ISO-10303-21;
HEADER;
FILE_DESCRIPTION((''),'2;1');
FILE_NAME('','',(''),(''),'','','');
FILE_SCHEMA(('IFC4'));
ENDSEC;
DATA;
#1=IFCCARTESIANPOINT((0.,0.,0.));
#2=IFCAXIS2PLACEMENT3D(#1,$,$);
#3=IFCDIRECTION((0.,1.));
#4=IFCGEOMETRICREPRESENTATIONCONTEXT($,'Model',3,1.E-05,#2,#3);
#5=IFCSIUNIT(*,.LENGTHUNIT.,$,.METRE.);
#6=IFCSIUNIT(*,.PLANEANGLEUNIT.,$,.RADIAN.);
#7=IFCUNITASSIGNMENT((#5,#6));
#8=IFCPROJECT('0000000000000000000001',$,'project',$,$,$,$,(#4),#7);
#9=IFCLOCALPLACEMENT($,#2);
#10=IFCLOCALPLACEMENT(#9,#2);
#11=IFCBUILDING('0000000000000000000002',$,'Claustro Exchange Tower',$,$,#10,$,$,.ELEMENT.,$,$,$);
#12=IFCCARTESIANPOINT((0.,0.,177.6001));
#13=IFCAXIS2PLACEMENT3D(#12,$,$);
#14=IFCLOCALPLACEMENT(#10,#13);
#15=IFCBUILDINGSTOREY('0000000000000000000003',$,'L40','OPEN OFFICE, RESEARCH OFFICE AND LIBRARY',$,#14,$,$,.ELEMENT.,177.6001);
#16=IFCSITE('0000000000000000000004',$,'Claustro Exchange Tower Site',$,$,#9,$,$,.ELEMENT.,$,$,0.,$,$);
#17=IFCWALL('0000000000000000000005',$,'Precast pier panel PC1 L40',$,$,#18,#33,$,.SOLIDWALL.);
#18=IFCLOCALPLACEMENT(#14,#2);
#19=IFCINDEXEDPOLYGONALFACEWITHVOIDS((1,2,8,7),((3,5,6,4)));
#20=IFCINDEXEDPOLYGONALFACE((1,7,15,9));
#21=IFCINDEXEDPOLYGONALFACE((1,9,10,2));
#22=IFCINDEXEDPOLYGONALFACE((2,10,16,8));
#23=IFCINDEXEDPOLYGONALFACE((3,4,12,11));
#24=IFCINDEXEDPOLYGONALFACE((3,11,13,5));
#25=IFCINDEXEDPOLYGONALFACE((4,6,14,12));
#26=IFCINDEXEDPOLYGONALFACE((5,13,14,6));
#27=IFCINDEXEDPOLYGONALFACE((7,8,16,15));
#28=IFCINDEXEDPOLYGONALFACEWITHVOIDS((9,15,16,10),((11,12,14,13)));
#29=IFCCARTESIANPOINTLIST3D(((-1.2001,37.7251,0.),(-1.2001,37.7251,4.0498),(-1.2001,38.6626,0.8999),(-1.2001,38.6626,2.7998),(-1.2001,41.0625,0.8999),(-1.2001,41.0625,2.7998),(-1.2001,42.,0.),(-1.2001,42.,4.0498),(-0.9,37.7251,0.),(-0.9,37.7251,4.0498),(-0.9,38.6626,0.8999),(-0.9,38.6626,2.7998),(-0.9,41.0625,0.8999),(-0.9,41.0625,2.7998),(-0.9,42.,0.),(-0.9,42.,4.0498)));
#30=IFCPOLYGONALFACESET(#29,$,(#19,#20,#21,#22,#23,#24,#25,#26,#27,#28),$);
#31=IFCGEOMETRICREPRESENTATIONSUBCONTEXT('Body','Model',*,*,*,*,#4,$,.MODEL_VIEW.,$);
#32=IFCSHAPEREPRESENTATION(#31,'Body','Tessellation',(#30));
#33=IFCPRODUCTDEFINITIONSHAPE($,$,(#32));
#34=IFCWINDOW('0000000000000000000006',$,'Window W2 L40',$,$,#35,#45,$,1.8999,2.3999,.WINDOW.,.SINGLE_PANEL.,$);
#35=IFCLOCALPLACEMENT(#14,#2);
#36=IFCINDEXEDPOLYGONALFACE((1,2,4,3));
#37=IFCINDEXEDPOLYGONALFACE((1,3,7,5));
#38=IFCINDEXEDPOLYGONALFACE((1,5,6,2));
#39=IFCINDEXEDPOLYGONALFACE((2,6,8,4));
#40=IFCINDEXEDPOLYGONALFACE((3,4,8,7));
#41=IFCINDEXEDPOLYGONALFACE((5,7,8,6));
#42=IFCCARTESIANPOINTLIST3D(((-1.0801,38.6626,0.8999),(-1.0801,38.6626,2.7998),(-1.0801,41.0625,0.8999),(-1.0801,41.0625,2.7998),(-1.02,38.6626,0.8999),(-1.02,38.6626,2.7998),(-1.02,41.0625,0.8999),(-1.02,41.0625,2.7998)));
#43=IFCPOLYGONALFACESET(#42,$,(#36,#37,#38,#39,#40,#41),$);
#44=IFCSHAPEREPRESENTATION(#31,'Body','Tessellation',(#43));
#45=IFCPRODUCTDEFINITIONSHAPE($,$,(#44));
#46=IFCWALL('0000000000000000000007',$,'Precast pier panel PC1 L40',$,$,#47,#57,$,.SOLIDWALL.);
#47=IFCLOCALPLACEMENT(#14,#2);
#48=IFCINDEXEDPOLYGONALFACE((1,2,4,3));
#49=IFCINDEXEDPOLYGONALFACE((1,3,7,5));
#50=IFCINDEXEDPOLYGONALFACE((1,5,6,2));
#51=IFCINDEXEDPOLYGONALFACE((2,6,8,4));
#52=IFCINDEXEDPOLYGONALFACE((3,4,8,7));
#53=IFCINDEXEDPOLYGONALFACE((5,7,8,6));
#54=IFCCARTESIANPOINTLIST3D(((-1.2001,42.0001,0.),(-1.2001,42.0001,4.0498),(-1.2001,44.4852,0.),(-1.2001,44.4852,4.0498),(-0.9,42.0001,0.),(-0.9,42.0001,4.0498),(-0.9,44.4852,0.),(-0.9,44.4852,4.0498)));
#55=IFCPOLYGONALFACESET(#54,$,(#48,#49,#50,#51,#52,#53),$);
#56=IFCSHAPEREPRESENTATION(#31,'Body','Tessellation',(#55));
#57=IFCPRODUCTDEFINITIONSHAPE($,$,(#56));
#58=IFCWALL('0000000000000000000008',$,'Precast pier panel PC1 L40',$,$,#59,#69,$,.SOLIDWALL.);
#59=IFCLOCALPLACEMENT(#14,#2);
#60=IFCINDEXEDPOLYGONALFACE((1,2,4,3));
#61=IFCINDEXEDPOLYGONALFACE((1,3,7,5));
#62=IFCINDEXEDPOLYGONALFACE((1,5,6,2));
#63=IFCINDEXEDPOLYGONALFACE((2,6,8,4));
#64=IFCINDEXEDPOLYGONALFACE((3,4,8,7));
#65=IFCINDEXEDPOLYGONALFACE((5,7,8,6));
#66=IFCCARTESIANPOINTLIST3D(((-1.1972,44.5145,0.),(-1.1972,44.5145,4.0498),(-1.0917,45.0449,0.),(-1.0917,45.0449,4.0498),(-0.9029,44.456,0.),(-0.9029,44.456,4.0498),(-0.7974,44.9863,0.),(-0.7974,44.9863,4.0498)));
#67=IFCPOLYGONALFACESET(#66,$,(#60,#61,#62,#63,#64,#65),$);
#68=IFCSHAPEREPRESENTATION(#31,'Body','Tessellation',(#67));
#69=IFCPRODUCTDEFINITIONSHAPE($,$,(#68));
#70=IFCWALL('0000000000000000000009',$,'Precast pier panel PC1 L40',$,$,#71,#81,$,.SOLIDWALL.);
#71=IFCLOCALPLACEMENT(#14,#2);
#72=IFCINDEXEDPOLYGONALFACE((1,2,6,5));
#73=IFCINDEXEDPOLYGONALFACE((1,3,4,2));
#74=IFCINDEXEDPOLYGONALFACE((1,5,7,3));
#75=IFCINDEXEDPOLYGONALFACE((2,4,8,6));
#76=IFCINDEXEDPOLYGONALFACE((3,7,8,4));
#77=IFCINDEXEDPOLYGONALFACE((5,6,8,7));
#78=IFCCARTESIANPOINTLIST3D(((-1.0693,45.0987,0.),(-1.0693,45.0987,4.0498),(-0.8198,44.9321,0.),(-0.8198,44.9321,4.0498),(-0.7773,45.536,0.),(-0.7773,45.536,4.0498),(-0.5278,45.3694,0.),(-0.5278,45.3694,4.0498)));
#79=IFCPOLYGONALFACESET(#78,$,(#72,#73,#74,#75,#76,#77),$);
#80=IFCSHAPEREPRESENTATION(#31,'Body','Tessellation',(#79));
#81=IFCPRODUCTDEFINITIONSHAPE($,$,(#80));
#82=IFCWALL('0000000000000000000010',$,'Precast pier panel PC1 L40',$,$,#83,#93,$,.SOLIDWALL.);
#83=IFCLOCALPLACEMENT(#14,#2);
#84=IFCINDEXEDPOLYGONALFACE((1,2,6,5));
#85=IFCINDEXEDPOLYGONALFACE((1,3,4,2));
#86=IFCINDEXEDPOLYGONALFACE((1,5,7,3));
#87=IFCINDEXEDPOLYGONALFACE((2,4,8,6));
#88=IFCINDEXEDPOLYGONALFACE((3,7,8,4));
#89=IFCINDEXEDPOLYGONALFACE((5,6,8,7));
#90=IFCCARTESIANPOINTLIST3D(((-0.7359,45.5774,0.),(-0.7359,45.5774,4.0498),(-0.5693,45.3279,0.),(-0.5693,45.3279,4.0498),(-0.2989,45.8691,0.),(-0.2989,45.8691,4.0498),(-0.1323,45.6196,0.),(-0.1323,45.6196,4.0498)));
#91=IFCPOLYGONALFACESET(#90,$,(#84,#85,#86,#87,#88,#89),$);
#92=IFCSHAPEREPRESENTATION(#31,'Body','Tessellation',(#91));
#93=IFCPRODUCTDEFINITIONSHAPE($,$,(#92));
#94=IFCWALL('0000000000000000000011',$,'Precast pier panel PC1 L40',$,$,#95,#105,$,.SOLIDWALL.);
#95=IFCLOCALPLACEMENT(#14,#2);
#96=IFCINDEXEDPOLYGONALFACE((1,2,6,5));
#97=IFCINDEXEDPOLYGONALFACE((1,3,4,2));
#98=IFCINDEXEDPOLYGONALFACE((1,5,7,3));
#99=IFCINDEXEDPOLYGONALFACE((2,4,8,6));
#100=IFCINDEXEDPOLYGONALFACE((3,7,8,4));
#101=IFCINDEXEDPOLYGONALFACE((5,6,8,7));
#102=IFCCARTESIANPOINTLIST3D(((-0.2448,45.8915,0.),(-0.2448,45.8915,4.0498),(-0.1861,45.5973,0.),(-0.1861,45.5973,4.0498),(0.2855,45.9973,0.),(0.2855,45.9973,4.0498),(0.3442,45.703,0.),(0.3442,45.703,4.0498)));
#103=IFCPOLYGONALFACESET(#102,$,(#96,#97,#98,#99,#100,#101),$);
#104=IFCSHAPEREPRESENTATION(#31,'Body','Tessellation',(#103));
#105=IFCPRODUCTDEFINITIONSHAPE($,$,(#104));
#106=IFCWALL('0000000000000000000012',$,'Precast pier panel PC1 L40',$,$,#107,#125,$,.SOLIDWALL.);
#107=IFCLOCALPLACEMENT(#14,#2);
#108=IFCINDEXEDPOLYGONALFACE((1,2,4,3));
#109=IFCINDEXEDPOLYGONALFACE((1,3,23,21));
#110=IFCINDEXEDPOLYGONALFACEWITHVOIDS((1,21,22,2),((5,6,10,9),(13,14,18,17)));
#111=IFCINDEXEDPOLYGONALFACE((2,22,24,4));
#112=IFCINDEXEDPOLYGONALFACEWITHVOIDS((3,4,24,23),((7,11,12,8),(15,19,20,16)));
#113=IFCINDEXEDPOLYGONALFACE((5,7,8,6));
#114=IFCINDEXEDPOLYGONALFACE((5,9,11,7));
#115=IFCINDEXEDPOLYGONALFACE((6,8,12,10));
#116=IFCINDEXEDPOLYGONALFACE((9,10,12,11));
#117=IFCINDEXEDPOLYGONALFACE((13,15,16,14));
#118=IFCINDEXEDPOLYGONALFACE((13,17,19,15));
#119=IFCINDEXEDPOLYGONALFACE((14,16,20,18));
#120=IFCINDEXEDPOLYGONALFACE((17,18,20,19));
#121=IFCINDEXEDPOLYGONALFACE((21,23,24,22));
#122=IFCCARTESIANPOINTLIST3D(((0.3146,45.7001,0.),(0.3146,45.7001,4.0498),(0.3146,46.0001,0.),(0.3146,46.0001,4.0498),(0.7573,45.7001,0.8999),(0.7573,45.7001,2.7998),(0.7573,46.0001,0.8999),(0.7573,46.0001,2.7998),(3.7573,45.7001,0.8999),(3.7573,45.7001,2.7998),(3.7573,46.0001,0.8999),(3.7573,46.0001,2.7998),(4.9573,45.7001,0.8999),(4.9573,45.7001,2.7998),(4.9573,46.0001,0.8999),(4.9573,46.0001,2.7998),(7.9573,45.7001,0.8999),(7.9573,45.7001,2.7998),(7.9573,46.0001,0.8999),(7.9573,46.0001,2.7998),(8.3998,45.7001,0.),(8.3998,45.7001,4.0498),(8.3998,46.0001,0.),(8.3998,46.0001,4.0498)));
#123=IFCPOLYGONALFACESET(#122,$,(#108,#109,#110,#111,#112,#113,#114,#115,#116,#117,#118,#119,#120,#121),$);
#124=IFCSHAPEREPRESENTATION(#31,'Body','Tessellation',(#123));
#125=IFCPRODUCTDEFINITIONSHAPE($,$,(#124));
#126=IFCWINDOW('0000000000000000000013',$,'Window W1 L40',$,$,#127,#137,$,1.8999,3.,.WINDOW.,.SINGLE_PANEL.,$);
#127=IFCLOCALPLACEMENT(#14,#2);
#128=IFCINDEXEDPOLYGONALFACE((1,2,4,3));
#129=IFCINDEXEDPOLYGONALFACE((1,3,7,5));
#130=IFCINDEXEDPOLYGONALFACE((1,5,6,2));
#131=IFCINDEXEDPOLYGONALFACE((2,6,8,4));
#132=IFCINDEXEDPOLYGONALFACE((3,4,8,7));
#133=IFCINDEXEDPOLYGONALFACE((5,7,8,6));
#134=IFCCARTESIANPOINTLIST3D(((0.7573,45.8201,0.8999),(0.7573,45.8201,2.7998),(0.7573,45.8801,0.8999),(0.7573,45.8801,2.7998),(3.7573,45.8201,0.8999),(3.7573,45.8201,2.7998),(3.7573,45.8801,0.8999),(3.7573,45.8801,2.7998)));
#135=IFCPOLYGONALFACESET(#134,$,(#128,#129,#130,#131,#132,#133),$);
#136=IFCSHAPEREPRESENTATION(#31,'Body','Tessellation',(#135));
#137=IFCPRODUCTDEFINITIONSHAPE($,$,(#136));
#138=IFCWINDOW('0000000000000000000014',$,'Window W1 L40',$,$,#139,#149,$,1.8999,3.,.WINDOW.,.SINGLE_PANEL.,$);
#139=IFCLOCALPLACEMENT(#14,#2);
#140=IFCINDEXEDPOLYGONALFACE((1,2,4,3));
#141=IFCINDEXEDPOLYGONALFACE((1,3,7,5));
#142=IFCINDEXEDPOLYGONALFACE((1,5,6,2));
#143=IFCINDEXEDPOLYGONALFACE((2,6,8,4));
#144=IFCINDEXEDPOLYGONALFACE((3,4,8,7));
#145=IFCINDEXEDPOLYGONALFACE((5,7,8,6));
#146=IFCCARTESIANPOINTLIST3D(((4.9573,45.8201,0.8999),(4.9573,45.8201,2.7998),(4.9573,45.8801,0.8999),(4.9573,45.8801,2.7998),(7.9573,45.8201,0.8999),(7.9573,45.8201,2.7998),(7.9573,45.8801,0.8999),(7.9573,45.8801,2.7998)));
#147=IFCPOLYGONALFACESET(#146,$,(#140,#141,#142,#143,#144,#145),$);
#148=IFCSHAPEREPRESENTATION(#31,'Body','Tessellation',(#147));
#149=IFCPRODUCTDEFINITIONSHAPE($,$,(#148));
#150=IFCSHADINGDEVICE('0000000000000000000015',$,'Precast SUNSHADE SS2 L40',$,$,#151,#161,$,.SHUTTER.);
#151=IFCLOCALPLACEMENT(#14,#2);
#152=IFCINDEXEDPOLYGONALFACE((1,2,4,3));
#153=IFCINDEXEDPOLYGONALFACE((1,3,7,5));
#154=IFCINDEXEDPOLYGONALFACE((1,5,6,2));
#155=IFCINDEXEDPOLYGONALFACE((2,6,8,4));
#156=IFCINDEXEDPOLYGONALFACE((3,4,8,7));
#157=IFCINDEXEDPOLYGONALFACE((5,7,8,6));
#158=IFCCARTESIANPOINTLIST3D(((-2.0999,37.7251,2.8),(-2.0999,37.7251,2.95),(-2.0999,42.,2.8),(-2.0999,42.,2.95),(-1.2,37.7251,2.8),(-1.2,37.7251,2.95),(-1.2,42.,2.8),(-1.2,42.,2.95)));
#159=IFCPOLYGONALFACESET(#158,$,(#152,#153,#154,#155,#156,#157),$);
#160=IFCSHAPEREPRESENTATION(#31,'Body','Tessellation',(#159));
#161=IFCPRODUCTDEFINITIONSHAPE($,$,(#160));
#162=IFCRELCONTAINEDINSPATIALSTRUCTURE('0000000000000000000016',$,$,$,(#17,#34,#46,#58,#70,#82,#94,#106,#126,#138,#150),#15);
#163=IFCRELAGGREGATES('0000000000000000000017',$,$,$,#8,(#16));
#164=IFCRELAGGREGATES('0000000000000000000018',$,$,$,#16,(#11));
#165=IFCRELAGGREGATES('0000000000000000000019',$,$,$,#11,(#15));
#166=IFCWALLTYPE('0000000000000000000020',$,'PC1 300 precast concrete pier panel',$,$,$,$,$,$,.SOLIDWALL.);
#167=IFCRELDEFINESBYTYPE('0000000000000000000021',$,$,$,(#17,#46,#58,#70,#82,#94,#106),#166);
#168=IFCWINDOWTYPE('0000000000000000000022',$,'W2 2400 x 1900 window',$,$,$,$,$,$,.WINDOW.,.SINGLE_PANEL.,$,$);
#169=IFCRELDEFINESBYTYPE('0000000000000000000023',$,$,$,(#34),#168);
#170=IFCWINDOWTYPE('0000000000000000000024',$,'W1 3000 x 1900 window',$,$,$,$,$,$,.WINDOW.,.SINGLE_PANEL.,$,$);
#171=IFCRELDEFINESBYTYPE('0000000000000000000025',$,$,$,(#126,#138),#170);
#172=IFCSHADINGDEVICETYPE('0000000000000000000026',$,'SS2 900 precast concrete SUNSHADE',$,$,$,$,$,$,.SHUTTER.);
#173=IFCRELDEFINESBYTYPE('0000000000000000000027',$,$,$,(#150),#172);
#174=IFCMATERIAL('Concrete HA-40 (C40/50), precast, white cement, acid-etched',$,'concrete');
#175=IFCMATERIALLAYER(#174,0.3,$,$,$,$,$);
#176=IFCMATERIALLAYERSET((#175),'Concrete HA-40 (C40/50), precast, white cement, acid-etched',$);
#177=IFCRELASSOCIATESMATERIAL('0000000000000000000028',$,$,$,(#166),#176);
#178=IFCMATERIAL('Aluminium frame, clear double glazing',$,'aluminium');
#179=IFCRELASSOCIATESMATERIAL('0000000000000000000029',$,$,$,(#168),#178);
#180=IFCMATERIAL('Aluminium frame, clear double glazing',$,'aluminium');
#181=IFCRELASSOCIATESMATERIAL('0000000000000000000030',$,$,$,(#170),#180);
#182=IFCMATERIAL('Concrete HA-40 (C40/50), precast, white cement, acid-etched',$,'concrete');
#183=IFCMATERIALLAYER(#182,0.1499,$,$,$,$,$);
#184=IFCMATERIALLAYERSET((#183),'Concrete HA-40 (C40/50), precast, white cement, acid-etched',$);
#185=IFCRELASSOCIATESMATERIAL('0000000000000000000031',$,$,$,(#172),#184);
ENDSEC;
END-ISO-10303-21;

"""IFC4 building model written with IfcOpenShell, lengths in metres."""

from ifc_helpers import new_model, si_unit, direction, frame, frame_2d, origin, origin_2d, place, context, subcontext, project, spatial, rectangle, extrude, material, layer, layer_set, type_object, element, fill, save


model = new_model("IFC4")

# Units and contexts
model_context = context("Model", 3, precision=1e-05, world=origin(), true_north=direction((0.0, 1.0)))
body_context = subcontext(model_context, "Body", "Model", "MODEL_VIEW")
ifc_project = project(units=[si_unit("LENGTHUNIT", "METRE"), si_unit("PLANEANGLEUNIT", "RADIAN")], contexts=[model_context])

# Site, building, storey
site_placement = place(None, origin())
site = spatial("IfcSite", under=ifc_project, at=site_placement, Name="Claustro Exchange Tower Site", CompositionType="ELEMENT", RefElevation=0.0)
building_placement = place(site_placement, origin())
building = spatial("IfcBuilding", under=site, at=building_placement, Name="Claustro Exchange Tower", CompositionType="ELEMENT")
storey_placement = place(building_placement, frame((0.0, 0.0, 177.6001)))
storey = spatial("IfcBuildingStorey", under=building, at=storey_placement, Name="L40", Description="OPEN OFFICE, RESEARCH OFFICE AND LIBRARY", CompositionType="ELEMENT", Elevation=177.6001)

# Wall, opening, window
ifc_material_1 = material(Name="Concrete HA-40 (C40/50), precast, white cement, acid-etched", Category="concrete")
ifc_layer_1 = layer(ifc_material_1, 0.3)
ifc_layer_set_1 = layer_set([ifc_layer_1], Name="Concrete HA-40 (C40/50), precast, white cement, acid-etched")
wall_type_1 = type_object("IfcWallType", Name="PC1 300 precast concrete pier panel", PredefinedType="SOLIDWALL", material=ifc_layer_set_1)
wall_1_placement = place(storey_placement, frame((-1.05, 37.7251, 0.0), z_axis=(0.0, 0.0, 1.0), x_axis=(0.0, 1.0, 0.0)))
wall_1 = element("IfcWall", 1, at=wall_1_placement, inside=storey, type_object=wall_type_1, Name="Precast pier panel PC1 L40", PredefinedType="SOLIDWALL", context=body_context, shape_type="SweptSolid", body=[
    extrude(rectangle(XDim=4.2749, YDim=0.3, at=frame_2d((2.1375, 0.0))), origin(), (0.0, 0.0, 1.0), 4.0498),
])
opening_1_placement = place(wall_1_placement, frame((0.9375, 0.0, 0.8999)))
opening_1 = element("IfcOpeningElement", 2, at=opening_1_placement, cuts=wall_1, PredefinedType="OPENING", context=body_context, shape_type="SweptSolid", body=[
    extrude(rectangle(XDim=2.3999, YDim=1.8999, at=frame_2d((1.2, 0.95))), frame((0.0, 0.1599, 0.0), z_axis=(0.0, -1.0, 0.0), x_axis=(1.0, 0.0, 0.0)), (0.0, 0.0, 1.0), 0.3201),
])
ifc_material_2 = material(Name="Aluminium frame, clear double glazing", Category="aluminium")
window_type_1 = type_object("IfcWindowType", Name="W2 2400 x 1900 window", PartitioningType="SINGLE_PANEL", PredefinedType="WINDOW", material=ifc_material_2)
window_1_placement = place(opening_1_placement, origin())
window_1 = element("IfcWindow", 3, at=window_1_placement, inside=storey, type_object=window_type_1, Name="Window W2 L40", OverallHeight=1.8999, OverallWidth=2.3999, PartitioningType="SINGLE_PANEL", PredefinedType="WINDOW", context=body_context, shape_type="SweptSolid", body=[
    extrude(rectangle(XDim=2.3999, YDim=1.8999, at=frame_2d((1.2, 0.95))), frame((0.0, 0.03, 0.0), z_axis=(0.0, -1.0, 0.0), x_axis=(1.0, 0.0, 0.0)), (0.0, 0.0, 1.0), 0.0601),
])
fill(opening_1, window_1)

# Walls
wall_2_placement = place(storey_placement, frame((-1.05, 42.0, 0.0), z_axis=(0.0, 0.0, 1.0), x_axis=(0.0, 1.0, 0.0)))
element("IfcWall", 4, at=wall_2_placement, inside=storey, type_object=wall_type_1, Name="Precast pier panel PC1 L40", PredefinedType="SOLIDWALL", context=body_context, shape_type="SweptSolid", body=[
    extrude(rectangle(XDim=2.4851, YDim=0.3, at=frame_2d((1.2427, 0.0))), origin(), (0.0, 0.0, 1.0), 4.0498),
])
wall_3_placement = place(storey_placement, frame((-1.05, 44.4851, 0.0), z_axis=(0.0, 0.0, 1.0), x_axis=(0.195074, 0.980789, 0.0)))
element("IfcWall", 5, at=wall_3_placement, inside=storey, type_object=wall_type_1, Name="Precast pier panel PC1 L40", PredefinedType="SOLIDWALL", context=body_context, shape_type="SweptSolid", body=[
    extrude(rectangle(XDim=0.5408, YDim=0.3, at=frame_2d((0.2705, 0.0))), origin(), (0.0, 0.0, 1.0), 4.0498),
])
wall_4_placement = place(storey_placement, frame((-0.9446, 45.0154, 0.0), z_axis=(0.0, 0.0, 1.0), x_axis=(0.555343, 0.831621, 0.0)))
element("IfcWall", 6, at=wall_4_placement, inside=storey, type_object=wall_type_1, Name="Precast pier panel PC1 L40", PredefinedType="SOLIDWALL", context=body_context, shape_type="SweptSolid", body=[
    extrude(rectangle(XDim=0.5259, YDim=0.3, at=frame_2d((0.2629, 0.0))), origin(), (0.0, 0.0, 1.0), 4.0498),
])
wall_5_placement = place(storey_placement, frame((-0.6526, 45.4526, 0.0), z_axis=(0.0, 0.0, 1.0), x_axis=(0.831693, 0.555236, 0.0)))
element("IfcWall", 7, at=wall_5_placement, inside=storey, type_object=wall_type_1, Name="Precast pier panel PC1 L40", PredefinedType="SOLIDWALL", context=body_context, shape_type="SweptSolid", body=[
    extrude(rectangle(XDim=0.5254, YDim=0.3, at=frame_2d((0.2627, 0.0))), origin(), (0.0, 0.0, 1.0), 4.0498),
])
wall_6_placement = place(storey_placement, frame((-0.2156, 45.7444, 0.0), z_axis=(0.0, 0.0, 1.0), x_axis=(0.980702, 0.195508, 0.0)))
element("IfcWall", 8, at=wall_6_placement, inside=storey, type_object=wall_type_1, Name="Precast pier panel PC1 L40", PredefinedType="SOLIDWALL", context=body_context, shape_type="SweptSolid", body=[
    extrude(rectangle(XDim=0.5408, YDim=0.3, at=frame_2d((0.2705, 0.0))), origin(), (0.0, 0.0, 1.0), 4.0498),
])

# Wall, openings, windows
wall_7_placement = place(storey_placement, frame((0.3147, 45.8501, 0.0), z_axis=(0.0, 0.0, 1.0), x_axis=(1.0, 0.0, 0.0)))
wall_7 = element("IfcWall", 9, at=wall_7_placement, inside=storey, type_object=wall_type_1, Name="Precast pier panel PC1 L40", PredefinedType="SOLIDWALL", context=body_context, shape_type="SweptSolid", body=[
    extrude(rectangle(XDim=8.0852, YDim=0.3, at=frame_2d((4.0425, 0.0))), origin(), (0.0, 0.0, 1.0), 4.0498),
])
opening_2_placement = place(wall_7_placement, frame((0.4426, 0.0, 0.8999)))
opening_2 = element("IfcOpeningElement", 10, at=opening_2_placement, cuts=wall_7, PredefinedType="OPENING", context=body_context, shape_type="SweptSolid", body=[
    extrude(rectangle(XDim=3.0, YDim=1.8999, at=frame_2d((1.5, 0.95))), frame((0.0, 0.1599, 0.0), z_axis=(0.0, -1.0, 0.0), x_axis=(1.0, 0.0, 0.0)), (0.0, 0.0, 1.0), 0.3201),
])
opening_3_placement = place(wall_7_placement, frame((4.6426, 0.0, 0.8999)))
opening_3 = element("IfcOpeningElement", 11, at=opening_3_placement, cuts=wall_7, PredefinedType="OPENING", context=body_context, shape_type="SweptSolid", body=[
    extrude(rectangle(XDim=3.0, YDim=1.8999, at=frame_2d((1.5, 0.95))), frame((0.0, 0.1599, 0.0), z_axis=(0.0, -1.0, 0.0), x_axis=(1.0, 0.0, 0.0)), (0.0, 0.0, 1.0), 0.3201),
])
ifc_material_3 = material(Name="Aluminium frame, clear double glazing", Category="aluminium")
window_type_2 = type_object("IfcWindowType", Name="W1 3000 x 1900 window", PartitioningType="SINGLE_PANEL", PredefinedType="WINDOW", material=ifc_material_3)
window_2_placement = place(opening_2_placement, origin())
window_2 = element("IfcWindow", 12, at=window_2_placement, inside=storey, type_object=window_type_2, Name="Window W1 L40", OverallHeight=1.8999, OverallWidth=3.0, PartitioningType="SINGLE_PANEL", PredefinedType="WINDOW", context=body_context, shape_type="SweptSolid", body=[
    extrude(rectangle(XDim=3.0, YDim=1.8999, at=frame_2d((1.5, 0.95))), frame((0.0, 0.03, 0.0), z_axis=(0.0, -1.0, 0.0), x_axis=(1.0, 0.0, 0.0)), (0.0, 0.0, 1.0), 0.0601),
])
fill(opening_2, window_2)
window_3_placement = place(opening_3_placement, origin())
window_3 = element("IfcWindow", 13, at=window_3_placement, inside=storey, type_object=window_type_2, Name="Window W1 L40", OverallHeight=1.8999, OverallWidth=3.0, PartitioningType="SINGLE_PANEL", PredefinedType="WINDOW", context=body_context, shape_type="SweptSolid", body=[
    extrude(rectangle(XDim=3.0, YDim=1.8999, at=frame_2d((1.5, 0.95))), frame((0.0, 0.03, 0.0), z_axis=(0.0, -1.0, 0.0), x_axis=(1.0, 0.0, 0.0)), (0.0, 0.0, 1.0), 0.0601),
])
fill(opening_3, window_3)

# Shading device
ifc_material_4 = material(Name="Concrete HA-40 (C40/50), precast, white cement, acid-etched", Category="concrete")
ifc_layer_2 = layer(ifc_material_4, 0.1499)
ifc_layer_set_2 = layer_set([ifc_layer_2], Name="Concrete HA-40 (C40/50), precast, white cement, acid-etched")
shading_device_type = type_object("IfcShadingDeviceType", Name="SS2 900 precast concrete SUNSHADE", PredefinedType="SHUTTER", material=ifc_layer_set_2)
shading_device_placement = place(storey_placement, frame((-1.6499, 39.8625, 2.8), z_axis=(0.0, 0.0, 1.0), x_axis=(0.0, 1.0, 0.0)))
element("IfcShadingDevice", 14, at=shading_device_placement, inside=storey, type_object=shading_device_type, Name="Precast SUNSHADE SS2 L40", PredefinedType="SHUTTER", context=body_context, shape_type="SweptSolid", body=[
    extrude(rectangle(XDim=4.2749, YDim=0.8999, at=origin_2d()), origin(), (0.0, 0.0, 1.0), 0.1499),
])

save(model, "model.ifc")
